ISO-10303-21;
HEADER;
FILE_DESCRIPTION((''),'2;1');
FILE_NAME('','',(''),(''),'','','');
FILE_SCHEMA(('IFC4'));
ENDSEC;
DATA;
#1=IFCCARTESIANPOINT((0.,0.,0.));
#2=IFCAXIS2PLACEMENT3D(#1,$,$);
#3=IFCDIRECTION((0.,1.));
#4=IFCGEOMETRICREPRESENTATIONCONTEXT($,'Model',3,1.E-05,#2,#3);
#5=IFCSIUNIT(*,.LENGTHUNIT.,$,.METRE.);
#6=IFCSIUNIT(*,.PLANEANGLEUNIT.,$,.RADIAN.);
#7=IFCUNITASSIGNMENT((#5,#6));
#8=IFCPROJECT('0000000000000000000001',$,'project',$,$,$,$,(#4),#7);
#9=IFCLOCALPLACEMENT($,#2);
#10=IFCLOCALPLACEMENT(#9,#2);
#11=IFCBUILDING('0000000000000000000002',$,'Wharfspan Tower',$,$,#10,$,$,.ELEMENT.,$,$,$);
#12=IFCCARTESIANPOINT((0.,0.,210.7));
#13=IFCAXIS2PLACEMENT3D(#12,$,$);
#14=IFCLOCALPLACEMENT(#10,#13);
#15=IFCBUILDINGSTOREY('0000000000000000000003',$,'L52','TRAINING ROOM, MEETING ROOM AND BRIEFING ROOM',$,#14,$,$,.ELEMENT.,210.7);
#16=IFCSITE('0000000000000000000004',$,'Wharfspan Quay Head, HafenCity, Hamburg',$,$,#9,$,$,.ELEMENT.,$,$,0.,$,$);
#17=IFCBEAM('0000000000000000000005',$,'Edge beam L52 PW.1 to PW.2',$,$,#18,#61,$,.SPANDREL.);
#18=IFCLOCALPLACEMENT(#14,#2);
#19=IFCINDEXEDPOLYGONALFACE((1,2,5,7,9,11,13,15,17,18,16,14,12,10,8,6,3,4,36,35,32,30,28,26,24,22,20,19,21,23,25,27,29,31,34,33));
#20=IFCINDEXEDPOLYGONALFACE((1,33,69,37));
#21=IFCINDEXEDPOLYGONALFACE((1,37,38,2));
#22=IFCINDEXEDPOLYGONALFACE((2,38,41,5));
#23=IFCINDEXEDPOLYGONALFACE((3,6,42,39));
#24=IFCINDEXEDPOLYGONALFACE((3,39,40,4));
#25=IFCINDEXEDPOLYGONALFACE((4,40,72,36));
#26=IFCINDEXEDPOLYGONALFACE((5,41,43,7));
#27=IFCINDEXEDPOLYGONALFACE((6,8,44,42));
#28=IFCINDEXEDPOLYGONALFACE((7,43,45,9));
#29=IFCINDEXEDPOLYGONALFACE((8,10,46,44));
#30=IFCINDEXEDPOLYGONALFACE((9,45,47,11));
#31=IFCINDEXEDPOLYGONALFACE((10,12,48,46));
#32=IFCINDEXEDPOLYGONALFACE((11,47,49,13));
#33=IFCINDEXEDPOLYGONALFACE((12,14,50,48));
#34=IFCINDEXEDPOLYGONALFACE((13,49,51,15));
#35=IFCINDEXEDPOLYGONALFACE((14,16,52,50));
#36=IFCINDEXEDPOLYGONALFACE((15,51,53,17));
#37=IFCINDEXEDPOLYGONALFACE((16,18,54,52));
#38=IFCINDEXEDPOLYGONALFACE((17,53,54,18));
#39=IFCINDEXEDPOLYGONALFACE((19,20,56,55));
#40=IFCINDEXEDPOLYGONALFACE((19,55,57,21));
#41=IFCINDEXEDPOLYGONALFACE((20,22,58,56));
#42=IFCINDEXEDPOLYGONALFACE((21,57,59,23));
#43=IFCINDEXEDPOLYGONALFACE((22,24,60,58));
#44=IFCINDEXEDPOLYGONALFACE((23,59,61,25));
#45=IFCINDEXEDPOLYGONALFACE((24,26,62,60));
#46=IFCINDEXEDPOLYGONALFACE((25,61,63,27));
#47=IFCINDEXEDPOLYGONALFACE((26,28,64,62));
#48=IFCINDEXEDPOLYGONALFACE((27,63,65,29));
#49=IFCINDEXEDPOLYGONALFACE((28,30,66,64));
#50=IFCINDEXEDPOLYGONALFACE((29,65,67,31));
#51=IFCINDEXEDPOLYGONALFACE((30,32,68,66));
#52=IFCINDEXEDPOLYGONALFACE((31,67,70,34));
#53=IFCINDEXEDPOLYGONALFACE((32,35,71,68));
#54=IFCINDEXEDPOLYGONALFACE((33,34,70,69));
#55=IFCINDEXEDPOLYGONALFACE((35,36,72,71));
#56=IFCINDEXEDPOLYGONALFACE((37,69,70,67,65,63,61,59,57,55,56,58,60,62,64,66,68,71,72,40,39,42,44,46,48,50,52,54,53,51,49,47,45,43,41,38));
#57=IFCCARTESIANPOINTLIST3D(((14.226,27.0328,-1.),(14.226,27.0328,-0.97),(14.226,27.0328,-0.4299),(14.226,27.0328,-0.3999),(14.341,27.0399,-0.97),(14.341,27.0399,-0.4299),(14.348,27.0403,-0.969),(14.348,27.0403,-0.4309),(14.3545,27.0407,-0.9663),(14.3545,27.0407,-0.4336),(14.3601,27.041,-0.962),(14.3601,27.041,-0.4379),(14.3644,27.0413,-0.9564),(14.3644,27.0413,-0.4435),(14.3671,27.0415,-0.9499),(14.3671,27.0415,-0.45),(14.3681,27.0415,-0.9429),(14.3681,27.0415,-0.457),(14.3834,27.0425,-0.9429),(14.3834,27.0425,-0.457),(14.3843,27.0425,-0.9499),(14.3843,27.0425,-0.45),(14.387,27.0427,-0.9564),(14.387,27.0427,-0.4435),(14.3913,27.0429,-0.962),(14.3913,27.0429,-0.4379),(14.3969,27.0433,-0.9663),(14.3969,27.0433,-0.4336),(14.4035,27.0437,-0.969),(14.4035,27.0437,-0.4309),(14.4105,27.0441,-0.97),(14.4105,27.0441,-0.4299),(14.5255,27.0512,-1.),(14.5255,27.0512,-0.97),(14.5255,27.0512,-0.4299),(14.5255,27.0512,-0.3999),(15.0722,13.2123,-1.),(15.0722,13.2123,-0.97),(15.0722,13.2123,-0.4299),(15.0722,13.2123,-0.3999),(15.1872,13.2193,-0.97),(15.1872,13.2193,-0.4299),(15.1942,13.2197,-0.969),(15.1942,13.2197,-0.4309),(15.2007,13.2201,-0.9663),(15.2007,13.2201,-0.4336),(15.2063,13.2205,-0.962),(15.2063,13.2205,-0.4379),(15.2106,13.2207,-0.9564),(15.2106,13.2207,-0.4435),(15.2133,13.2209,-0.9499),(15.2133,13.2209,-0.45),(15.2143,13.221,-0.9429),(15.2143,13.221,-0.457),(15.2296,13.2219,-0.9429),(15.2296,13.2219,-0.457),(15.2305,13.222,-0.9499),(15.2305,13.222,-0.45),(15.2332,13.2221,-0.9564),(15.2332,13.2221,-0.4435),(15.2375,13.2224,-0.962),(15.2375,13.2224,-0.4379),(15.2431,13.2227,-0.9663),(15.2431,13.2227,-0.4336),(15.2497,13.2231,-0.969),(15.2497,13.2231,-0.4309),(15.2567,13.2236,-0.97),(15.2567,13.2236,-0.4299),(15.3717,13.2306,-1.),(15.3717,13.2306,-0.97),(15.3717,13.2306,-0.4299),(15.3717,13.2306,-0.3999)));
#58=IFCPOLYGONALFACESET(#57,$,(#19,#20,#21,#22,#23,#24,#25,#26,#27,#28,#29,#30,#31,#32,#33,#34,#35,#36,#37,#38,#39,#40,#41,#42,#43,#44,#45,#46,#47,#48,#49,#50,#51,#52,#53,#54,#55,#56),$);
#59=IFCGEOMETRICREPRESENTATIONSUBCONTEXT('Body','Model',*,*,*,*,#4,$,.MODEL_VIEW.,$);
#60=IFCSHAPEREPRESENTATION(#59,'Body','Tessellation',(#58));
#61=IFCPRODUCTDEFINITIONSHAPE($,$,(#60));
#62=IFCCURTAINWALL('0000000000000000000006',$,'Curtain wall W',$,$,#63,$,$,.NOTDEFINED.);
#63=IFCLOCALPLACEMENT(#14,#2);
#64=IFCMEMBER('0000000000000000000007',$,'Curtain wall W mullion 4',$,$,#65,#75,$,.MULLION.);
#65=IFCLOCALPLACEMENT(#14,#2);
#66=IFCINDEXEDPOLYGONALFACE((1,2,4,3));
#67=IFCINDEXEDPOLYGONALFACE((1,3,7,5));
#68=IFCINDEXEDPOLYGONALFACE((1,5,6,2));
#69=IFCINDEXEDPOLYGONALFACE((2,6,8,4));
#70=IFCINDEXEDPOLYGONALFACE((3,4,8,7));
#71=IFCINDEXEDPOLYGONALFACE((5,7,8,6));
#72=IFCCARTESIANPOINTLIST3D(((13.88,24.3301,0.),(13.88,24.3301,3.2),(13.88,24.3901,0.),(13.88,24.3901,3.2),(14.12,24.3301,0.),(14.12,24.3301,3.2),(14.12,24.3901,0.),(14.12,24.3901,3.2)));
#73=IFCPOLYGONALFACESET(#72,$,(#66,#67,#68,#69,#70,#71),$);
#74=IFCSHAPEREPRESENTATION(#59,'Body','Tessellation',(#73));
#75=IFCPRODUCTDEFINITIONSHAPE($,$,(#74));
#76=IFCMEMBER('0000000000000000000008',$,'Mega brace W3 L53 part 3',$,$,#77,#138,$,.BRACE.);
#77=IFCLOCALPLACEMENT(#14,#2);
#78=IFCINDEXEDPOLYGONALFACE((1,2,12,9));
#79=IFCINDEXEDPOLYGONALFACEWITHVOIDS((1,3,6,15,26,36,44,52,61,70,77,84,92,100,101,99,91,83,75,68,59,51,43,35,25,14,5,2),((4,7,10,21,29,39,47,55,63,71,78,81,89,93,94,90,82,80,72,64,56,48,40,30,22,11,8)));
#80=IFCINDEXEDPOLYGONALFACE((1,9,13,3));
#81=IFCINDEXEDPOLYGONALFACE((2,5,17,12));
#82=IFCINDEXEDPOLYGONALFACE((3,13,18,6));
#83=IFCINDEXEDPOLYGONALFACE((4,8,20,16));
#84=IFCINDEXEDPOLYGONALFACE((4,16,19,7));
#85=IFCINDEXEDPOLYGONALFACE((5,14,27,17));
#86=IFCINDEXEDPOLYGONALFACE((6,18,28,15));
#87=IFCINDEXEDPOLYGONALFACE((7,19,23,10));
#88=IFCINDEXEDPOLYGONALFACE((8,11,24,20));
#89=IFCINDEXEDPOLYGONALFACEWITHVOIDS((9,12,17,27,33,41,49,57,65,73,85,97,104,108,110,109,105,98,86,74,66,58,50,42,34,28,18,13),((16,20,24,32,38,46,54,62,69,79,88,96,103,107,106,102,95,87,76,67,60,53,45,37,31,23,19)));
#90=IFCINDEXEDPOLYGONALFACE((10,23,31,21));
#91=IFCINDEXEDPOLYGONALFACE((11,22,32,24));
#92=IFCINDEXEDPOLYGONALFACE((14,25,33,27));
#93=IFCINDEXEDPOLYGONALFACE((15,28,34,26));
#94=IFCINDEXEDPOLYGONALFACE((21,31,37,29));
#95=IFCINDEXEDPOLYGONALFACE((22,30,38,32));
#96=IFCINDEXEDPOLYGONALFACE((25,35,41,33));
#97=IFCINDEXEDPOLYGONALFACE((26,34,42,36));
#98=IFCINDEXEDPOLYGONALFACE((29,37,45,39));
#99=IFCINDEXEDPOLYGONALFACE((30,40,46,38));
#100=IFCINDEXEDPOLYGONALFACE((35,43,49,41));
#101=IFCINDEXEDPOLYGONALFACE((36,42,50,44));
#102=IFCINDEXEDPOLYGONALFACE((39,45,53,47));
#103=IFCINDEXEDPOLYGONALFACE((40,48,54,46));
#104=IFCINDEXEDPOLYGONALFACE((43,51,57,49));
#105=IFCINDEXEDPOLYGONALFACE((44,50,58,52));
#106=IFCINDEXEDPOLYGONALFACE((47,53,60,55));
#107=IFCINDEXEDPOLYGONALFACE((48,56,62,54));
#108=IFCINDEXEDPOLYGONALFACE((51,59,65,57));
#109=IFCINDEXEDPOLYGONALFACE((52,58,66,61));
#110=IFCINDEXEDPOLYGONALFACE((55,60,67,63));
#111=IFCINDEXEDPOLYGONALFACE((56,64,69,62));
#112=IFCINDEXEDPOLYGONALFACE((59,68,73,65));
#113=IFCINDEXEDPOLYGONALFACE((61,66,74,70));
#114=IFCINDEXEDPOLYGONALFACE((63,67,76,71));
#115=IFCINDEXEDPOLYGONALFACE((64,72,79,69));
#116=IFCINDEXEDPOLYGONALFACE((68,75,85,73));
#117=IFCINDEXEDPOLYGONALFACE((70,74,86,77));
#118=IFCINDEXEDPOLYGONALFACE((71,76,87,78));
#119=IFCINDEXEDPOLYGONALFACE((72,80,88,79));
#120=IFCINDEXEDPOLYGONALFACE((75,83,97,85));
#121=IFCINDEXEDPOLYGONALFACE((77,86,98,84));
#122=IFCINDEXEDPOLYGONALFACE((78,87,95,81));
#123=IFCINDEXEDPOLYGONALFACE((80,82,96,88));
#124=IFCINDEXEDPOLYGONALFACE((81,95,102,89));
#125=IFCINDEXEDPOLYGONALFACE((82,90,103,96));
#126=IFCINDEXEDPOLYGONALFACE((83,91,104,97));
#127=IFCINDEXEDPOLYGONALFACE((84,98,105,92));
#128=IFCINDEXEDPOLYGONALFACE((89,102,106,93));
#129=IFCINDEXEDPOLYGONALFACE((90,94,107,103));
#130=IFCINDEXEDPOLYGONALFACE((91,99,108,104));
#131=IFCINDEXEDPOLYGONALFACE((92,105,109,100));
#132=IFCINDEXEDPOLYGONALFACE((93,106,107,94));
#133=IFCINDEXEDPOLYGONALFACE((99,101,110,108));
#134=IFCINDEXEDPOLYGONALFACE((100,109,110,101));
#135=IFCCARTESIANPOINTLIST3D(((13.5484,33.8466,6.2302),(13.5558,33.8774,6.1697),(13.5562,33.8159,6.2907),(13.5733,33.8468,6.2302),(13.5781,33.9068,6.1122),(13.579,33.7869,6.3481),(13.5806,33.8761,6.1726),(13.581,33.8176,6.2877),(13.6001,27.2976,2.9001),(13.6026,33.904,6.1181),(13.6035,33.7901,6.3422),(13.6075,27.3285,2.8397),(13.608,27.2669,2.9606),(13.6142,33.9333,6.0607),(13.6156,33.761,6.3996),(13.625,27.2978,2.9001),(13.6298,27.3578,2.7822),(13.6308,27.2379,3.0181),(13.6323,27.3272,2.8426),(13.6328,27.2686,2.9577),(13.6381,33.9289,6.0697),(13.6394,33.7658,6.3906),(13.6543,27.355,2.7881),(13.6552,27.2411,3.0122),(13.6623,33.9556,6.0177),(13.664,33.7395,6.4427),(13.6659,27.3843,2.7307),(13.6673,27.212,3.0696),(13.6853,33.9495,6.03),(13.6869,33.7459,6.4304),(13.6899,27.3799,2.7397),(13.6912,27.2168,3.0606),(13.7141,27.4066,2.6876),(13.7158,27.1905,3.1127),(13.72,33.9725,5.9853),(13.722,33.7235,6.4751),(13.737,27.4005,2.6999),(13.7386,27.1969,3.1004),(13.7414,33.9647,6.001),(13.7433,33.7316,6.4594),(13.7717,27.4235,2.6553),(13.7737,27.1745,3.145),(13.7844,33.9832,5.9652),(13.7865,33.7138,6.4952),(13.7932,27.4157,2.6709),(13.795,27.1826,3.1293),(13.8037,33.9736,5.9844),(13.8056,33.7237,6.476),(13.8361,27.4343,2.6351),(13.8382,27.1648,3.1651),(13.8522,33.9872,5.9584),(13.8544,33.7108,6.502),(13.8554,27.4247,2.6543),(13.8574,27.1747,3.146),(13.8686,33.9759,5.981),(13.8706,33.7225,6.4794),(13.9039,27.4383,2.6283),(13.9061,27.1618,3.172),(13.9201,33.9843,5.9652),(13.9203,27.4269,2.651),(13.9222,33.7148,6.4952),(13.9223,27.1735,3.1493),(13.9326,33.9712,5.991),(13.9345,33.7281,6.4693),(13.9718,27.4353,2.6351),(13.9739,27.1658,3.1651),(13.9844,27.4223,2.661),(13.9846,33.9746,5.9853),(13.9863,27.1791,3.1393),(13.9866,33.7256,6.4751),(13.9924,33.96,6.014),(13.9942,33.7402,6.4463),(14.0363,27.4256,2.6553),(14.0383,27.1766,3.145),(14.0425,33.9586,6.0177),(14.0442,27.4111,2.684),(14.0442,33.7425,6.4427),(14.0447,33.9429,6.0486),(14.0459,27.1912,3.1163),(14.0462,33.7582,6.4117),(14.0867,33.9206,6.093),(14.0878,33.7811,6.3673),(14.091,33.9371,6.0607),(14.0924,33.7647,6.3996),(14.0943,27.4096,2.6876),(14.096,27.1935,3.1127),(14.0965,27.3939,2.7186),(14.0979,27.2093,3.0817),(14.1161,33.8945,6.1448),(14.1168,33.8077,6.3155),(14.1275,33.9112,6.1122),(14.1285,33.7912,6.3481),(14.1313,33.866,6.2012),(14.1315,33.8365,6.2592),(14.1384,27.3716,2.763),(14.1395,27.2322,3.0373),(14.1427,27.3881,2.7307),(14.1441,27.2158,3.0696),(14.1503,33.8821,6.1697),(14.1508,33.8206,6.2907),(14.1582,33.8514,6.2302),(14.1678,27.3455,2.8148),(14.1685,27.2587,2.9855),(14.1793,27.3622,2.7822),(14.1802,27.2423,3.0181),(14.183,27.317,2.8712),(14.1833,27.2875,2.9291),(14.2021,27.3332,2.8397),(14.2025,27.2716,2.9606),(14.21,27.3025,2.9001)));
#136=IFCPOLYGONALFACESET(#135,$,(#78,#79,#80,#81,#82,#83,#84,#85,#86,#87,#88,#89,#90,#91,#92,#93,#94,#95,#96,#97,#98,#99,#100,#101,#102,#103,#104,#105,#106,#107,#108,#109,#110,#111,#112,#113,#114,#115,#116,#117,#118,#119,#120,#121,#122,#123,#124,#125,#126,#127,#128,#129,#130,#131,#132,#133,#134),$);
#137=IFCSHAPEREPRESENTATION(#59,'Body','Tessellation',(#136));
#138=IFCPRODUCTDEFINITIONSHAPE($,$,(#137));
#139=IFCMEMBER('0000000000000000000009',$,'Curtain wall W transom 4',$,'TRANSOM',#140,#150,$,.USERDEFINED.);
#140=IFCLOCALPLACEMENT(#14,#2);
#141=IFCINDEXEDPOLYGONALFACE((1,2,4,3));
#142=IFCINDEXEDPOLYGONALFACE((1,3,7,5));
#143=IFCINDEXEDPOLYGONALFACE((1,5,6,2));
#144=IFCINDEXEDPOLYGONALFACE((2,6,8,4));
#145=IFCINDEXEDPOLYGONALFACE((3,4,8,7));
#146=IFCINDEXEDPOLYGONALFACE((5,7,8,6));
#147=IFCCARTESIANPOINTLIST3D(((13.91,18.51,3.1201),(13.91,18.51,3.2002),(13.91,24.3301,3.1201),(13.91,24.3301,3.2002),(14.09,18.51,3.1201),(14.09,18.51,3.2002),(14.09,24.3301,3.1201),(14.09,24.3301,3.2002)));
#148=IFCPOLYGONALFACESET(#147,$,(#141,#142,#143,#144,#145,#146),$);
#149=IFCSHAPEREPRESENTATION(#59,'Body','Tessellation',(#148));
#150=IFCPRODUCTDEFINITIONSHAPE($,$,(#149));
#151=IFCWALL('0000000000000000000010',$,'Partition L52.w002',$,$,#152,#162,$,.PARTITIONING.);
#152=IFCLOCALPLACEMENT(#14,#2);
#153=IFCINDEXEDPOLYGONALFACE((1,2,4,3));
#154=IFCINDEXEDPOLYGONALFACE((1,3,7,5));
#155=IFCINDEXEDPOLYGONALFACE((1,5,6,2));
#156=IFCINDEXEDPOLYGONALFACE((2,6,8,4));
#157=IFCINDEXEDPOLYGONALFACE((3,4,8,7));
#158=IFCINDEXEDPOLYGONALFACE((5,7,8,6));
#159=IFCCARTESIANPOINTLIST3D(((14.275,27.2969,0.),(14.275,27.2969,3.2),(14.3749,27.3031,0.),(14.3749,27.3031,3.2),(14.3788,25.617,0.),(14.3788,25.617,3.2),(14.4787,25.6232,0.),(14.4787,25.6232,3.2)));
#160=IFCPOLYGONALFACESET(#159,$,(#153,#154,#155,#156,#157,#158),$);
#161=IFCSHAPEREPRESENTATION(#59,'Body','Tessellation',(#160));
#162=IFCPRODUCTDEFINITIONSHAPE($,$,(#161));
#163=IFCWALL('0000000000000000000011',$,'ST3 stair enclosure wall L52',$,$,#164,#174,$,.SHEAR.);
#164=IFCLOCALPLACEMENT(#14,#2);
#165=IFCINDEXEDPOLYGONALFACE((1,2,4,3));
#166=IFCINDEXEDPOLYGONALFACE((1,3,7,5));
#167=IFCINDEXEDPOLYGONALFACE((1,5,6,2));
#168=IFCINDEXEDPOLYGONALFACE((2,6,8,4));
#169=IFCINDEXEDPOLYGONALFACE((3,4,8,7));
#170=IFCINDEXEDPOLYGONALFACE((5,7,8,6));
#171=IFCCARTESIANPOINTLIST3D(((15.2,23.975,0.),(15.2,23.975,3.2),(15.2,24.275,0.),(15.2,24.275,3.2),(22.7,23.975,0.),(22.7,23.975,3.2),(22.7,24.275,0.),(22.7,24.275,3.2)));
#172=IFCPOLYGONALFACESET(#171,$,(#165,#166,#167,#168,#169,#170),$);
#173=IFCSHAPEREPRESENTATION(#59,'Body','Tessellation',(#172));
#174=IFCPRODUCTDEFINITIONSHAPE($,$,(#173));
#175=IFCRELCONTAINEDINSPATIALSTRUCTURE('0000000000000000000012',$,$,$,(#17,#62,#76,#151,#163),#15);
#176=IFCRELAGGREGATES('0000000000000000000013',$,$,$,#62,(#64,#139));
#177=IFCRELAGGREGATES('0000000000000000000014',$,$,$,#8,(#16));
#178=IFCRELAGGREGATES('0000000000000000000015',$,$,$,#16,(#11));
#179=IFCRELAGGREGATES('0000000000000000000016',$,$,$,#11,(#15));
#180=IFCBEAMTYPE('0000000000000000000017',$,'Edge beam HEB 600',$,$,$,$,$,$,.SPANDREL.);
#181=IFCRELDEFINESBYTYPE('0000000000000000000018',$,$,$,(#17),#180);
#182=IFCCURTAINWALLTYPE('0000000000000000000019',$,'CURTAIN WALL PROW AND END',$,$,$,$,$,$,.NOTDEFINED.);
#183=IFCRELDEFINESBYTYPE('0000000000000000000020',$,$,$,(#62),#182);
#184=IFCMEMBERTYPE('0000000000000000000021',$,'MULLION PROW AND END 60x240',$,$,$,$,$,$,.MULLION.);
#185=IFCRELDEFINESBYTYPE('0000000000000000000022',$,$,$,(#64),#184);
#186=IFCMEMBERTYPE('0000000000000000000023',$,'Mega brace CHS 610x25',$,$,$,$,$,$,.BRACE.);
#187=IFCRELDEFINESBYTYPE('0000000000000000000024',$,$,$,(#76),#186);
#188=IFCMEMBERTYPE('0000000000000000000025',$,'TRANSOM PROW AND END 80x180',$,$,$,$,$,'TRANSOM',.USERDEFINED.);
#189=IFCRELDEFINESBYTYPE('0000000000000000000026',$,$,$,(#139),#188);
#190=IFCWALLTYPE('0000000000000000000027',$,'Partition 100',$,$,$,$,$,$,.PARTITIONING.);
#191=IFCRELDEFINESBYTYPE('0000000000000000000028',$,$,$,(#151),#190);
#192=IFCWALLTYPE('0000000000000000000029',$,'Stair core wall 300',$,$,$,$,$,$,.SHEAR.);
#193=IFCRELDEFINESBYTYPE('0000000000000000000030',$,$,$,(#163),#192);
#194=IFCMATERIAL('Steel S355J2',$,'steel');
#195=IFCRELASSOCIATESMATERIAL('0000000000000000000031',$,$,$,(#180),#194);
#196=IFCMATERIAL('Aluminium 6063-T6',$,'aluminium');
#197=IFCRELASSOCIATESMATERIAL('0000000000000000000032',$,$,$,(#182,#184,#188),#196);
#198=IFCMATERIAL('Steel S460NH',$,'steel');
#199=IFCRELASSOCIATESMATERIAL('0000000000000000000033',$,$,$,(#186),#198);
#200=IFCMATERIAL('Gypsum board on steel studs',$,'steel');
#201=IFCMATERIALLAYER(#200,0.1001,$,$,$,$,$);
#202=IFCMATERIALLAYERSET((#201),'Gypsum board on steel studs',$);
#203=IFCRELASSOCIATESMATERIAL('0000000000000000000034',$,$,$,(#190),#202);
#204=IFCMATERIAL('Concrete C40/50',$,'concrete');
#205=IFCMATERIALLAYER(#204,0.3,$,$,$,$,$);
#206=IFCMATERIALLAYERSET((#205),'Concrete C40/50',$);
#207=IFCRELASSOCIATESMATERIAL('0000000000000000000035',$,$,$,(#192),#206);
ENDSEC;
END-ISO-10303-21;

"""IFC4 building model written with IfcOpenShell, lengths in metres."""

from ifc_helpers import new_model, si_unit, direction, frame, frame_2d, origin, origin_2d, place, context, subcontext, project, spatial, rectangle, hollow_circle, i_section, extrude, material, layer, layer_set, material_profile, profile_set, type_object, element, aggregate, save


model = new_model("IFC4")

# Units and contexts
model_context = context("Model", 3, precision=1e-05, world=origin(), true_north=direction((0.0, 1.0)))
body_context = subcontext(model_context, "Body", "Model", "MODEL_VIEW")
ifc_project = project(units=[si_unit("LENGTHUNIT", "METRE"), si_unit("PLANEANGLEUNIT", "RADIAN")], contexts=[model_context])

# Site, building, storey
site_placement = place(None, origin())
site = spatial("IfcSite", under=ifc_project, at=site_placement, Name="Wharfspan Quay Head, HafenCity, Hamburg", CompositionType="ELEMENT", RefElevation=0.0)
building_placement = place(site_placement, origin())
building = spatial("IfcBuilding", under=site, at=building_placement, Name="Wharfspan Tower", CompositionType="ELEMENT")
storey_placement = place(building_placement, frame((0.0, 0.0, 210.7)))
storey = spatial("IfcBuildingStorey", under=building, at=storey_placement, Name="L52", Description="TRAINING ROOM, MEETING ROOM AND BRIEFING ROOM", CompositionType="ELEMENT", Elevation=210.7)

# Beam
ifc_material_1 = material(Name="Steel S355J2", Category="steel")
ifc_material_profile_1 = material_profile(ifc_material_1, i_section(OverallWidth=0.3, OverallDepth=0.6001, WebThickness=0.0154, FlangeThickness=0.03, FilletRadius=0.0271, at=origin_2d()))
ifc_profile_set_1 = profile_set([ifc_material_profile_1], Name="Steel S355J2")
beam_type = type_object("IfcBeamType", Name="Edge beam HEB 600", PredefinedType="SPANDREL", material=ifc_profile_set_1)
beam_placement = place(storey_placement, frame((14.3757, 27.042, -0.7), z_axis=(0.061113, -0.998131, 0.0), x_axis=(0.998131, 0.061113, 0.0)))
element("IfcBeam", 1, at=beam_placement, inside=storey, type_object=beam_type, Name="Edge beam L52 PW.1 to PW.2", PredefinedType="SPANDREL", context=body_context, shape_type="SweptSolid", body=[
    extrude(i_section(OverallWidth=0.3, OverallDepth=0.6001, WebThickness=0.0154, FlangeThickness=0.03, FilletRadius=0.0271, at=origin_2d()), origin(), (0.0, 0.0, 1.0), 13.8464),
])

# Curtain wall, member
ifc_material_2 = material(Name="Aluminium 6063-T6", Category="aluminium")
curtain_wall_type = type_object("IfcCurtainWallType", Name="CURTAIN WALL PROW AND END", PredefinedType="NOTDEFINED", material=ifc_material_2)
curtain_wall_placement = place(storey_placement, origin())
curtain_wall = element("IfcCurtainWall", 2, at=curtain_wall_placement, inside=storey, type_object=curtain_wall_type, Name="Curtain wall W", PredefinedType="NOTDEFINED")
ifc_material_profile_2 = material_profile(ifc_material_2, rectangle(XDim=0.24, YDim=0.0601, at=origin_2d()))
ifc_profile_set_2 = profile_set([ifc_material_profile_2], Name="Aluminium 6063-T6")
member_type_1 = type_object("IfcMemberType", Name="MULLION PROW AND END 60x240", PredefinedType="MULLION", material=ifc_profile_set_2)
member_1_placement = place(storey_placement, frame((14.0, 24.3601, 0.0), z_axis=(0.0, 0.0, 1.0), x_axis=(1.0, 0.0, 0.0)))
member_1 = element("IfcMember", 3, at=member_1_placement, type_object=member_type_1, Name="Curtain wall W mullion 4", PredefinedType="MULLION", context=body_context, shape_type="SweptSolid", body=[
    extrude(rectangle(XDim=0.24, YDim=0.0601, at=origin_2d()), origin(), (0.0, 0.0, 1.0), 3.2),
])

# Members
ifc_material_3 = material(Name="Steel S460NH", Category="steel")
ifc_material_profile_3 = material_profile(ifc_material_3, hollow_circle(Radius=0.3049, WallThickness=0.0249, at=origin_2d()))
ifc_profile_set_3 = profile_set([ifc_material_profile_3], Name="Steel S460NH")
member_type_2 = type_object("IfcMemberType", Name="Mega brace CHS 610x25", PredefinedType="BRACE", material=ifc_profile_set_3)
member_2_placement = place(storey_placement, frame((13.905, 27.3, 2.9001), z_axis=(-0.007044, 0.891361, 0.45324), x_axis=(-0.999973, -0.007904, 0.000003)))
element("IfcMember", 4, at=member_2_placement, inside=storey, type_object=member_type_2, Name="Mega brace W3 L53 part 3", PredefinedType="BRACE", context=body_context, shape_type="SweptSolid", body=[
    extrude(hollow_circle(Radius=0.3049, WallThickness=0.0249, at=origin_2d()), origin(), (0.0, 0.0, 1.0), 7.3472),
])
ifc_material_profile_4 = material_profile(ifc_material_2, rectangle(XDim=0.1799, YDim=0.0801, at=origin_2d()))
ifc_profile_set_4 = profile_set([ifc_material_profile_4], Name="Aluminium 6063-T6")
member_type_3 = type_object("IfcMemberType", Name="TRANSOM PROW AND END 80x180", ElementType="TRANSOM", PredefinedType="USERDEFINED", material=ifc_profile_set_4)
member_3_placement = place(storey_placement, frame((14.0, 24.3301, 3.1602), z_axis=(0.0, -1.0, 0.0), x_axis=(1.0, 0.0, 0.0)))
member_3 = element("IfcMember", 5, at=member_3_placement, type_object=member_type_3, Name="Curtain wall W transom 4", ObjectType="TRANSOM", PredefinedType="USERDEFINED", context=body_context, shape_type="SweptSolid", body=[
    extrude(rectangle(XDim=0.1799, YDim=0.0801, at=origin_2d()), origin(), (0.0, 0.0, 1.0), 5.8201),
])
aggregate(curtain_wall, [member_1, member_3])

# Walls
ifc_material_4 = material(Name="Gypsum board on steel studs", Category="steel")
ifc_layer_1 = layer(ifc_material_4, 0.1001)
ifc_layer_set_1 = layer_set([ifc_layer_1], Name="Gypsum board on steel studs")
wall_type_1 = type_object("IfcWallType", Name="Partition 100", PredefinedType="PARTITIONING", material=ifc_layer_set_1)
wall_1_placement = place(storey_placement, frame((14.4287, 25.6201, 0.0), z_axis=(0.0, 0.0, 1.0), x_axis=(-0.061647, 0.998101, 0.0)))
element("IfcWall", 6, at=wall_1_placement, inside=storey, type_object=wall_type_1, Name="Partition L52.w002", PredefinedType="PARTITIONING", context=body_context, shape_type="SweptSolid", body=[
    extrude(rectangle(XDim=1.6831, YDim=0.1001, at=frame_2d((0.8416, 0.0))), origin(), (0.0, 0.0, 1.0), 3.2),
])
ifc_material_5 = material(Name="Concrete C40/50", Category="concrete")
ifc_layer_2 = layer(ifc_material_5, 0.3)
ifc_layer_set_2 = layer_set([ifc_layer_2], Name="Concrete C40/50")
wall_type_2 = type_object("IfcWallType", Name="Stair core wall 300", PredefinedType="SHEAR", material=ifc_layer_set_2)
wall_2_placement = place(storey_placement, frame((15.2, 24.125, 0.0), z_axis=(0.0, 0.0, 1.0), x_axis=(1.0, 0.0, 0.0)))
element("IfcWall", 7, at=wall_2_placement, inside=storey, type_object=wall_type_2, Name="ST3 stair enclosure wall L52", PredefinedType="SHEAR", context=body_context, shape_type="SweptSolid", body=[
    extrude(rectangle(XDim=7.5, YDim=0.3, at=frame_2d((3.75, 0.0))), origin(), (0.0, 0.0, 1.0), 3.2),
])

save(model, "model.ifc")
